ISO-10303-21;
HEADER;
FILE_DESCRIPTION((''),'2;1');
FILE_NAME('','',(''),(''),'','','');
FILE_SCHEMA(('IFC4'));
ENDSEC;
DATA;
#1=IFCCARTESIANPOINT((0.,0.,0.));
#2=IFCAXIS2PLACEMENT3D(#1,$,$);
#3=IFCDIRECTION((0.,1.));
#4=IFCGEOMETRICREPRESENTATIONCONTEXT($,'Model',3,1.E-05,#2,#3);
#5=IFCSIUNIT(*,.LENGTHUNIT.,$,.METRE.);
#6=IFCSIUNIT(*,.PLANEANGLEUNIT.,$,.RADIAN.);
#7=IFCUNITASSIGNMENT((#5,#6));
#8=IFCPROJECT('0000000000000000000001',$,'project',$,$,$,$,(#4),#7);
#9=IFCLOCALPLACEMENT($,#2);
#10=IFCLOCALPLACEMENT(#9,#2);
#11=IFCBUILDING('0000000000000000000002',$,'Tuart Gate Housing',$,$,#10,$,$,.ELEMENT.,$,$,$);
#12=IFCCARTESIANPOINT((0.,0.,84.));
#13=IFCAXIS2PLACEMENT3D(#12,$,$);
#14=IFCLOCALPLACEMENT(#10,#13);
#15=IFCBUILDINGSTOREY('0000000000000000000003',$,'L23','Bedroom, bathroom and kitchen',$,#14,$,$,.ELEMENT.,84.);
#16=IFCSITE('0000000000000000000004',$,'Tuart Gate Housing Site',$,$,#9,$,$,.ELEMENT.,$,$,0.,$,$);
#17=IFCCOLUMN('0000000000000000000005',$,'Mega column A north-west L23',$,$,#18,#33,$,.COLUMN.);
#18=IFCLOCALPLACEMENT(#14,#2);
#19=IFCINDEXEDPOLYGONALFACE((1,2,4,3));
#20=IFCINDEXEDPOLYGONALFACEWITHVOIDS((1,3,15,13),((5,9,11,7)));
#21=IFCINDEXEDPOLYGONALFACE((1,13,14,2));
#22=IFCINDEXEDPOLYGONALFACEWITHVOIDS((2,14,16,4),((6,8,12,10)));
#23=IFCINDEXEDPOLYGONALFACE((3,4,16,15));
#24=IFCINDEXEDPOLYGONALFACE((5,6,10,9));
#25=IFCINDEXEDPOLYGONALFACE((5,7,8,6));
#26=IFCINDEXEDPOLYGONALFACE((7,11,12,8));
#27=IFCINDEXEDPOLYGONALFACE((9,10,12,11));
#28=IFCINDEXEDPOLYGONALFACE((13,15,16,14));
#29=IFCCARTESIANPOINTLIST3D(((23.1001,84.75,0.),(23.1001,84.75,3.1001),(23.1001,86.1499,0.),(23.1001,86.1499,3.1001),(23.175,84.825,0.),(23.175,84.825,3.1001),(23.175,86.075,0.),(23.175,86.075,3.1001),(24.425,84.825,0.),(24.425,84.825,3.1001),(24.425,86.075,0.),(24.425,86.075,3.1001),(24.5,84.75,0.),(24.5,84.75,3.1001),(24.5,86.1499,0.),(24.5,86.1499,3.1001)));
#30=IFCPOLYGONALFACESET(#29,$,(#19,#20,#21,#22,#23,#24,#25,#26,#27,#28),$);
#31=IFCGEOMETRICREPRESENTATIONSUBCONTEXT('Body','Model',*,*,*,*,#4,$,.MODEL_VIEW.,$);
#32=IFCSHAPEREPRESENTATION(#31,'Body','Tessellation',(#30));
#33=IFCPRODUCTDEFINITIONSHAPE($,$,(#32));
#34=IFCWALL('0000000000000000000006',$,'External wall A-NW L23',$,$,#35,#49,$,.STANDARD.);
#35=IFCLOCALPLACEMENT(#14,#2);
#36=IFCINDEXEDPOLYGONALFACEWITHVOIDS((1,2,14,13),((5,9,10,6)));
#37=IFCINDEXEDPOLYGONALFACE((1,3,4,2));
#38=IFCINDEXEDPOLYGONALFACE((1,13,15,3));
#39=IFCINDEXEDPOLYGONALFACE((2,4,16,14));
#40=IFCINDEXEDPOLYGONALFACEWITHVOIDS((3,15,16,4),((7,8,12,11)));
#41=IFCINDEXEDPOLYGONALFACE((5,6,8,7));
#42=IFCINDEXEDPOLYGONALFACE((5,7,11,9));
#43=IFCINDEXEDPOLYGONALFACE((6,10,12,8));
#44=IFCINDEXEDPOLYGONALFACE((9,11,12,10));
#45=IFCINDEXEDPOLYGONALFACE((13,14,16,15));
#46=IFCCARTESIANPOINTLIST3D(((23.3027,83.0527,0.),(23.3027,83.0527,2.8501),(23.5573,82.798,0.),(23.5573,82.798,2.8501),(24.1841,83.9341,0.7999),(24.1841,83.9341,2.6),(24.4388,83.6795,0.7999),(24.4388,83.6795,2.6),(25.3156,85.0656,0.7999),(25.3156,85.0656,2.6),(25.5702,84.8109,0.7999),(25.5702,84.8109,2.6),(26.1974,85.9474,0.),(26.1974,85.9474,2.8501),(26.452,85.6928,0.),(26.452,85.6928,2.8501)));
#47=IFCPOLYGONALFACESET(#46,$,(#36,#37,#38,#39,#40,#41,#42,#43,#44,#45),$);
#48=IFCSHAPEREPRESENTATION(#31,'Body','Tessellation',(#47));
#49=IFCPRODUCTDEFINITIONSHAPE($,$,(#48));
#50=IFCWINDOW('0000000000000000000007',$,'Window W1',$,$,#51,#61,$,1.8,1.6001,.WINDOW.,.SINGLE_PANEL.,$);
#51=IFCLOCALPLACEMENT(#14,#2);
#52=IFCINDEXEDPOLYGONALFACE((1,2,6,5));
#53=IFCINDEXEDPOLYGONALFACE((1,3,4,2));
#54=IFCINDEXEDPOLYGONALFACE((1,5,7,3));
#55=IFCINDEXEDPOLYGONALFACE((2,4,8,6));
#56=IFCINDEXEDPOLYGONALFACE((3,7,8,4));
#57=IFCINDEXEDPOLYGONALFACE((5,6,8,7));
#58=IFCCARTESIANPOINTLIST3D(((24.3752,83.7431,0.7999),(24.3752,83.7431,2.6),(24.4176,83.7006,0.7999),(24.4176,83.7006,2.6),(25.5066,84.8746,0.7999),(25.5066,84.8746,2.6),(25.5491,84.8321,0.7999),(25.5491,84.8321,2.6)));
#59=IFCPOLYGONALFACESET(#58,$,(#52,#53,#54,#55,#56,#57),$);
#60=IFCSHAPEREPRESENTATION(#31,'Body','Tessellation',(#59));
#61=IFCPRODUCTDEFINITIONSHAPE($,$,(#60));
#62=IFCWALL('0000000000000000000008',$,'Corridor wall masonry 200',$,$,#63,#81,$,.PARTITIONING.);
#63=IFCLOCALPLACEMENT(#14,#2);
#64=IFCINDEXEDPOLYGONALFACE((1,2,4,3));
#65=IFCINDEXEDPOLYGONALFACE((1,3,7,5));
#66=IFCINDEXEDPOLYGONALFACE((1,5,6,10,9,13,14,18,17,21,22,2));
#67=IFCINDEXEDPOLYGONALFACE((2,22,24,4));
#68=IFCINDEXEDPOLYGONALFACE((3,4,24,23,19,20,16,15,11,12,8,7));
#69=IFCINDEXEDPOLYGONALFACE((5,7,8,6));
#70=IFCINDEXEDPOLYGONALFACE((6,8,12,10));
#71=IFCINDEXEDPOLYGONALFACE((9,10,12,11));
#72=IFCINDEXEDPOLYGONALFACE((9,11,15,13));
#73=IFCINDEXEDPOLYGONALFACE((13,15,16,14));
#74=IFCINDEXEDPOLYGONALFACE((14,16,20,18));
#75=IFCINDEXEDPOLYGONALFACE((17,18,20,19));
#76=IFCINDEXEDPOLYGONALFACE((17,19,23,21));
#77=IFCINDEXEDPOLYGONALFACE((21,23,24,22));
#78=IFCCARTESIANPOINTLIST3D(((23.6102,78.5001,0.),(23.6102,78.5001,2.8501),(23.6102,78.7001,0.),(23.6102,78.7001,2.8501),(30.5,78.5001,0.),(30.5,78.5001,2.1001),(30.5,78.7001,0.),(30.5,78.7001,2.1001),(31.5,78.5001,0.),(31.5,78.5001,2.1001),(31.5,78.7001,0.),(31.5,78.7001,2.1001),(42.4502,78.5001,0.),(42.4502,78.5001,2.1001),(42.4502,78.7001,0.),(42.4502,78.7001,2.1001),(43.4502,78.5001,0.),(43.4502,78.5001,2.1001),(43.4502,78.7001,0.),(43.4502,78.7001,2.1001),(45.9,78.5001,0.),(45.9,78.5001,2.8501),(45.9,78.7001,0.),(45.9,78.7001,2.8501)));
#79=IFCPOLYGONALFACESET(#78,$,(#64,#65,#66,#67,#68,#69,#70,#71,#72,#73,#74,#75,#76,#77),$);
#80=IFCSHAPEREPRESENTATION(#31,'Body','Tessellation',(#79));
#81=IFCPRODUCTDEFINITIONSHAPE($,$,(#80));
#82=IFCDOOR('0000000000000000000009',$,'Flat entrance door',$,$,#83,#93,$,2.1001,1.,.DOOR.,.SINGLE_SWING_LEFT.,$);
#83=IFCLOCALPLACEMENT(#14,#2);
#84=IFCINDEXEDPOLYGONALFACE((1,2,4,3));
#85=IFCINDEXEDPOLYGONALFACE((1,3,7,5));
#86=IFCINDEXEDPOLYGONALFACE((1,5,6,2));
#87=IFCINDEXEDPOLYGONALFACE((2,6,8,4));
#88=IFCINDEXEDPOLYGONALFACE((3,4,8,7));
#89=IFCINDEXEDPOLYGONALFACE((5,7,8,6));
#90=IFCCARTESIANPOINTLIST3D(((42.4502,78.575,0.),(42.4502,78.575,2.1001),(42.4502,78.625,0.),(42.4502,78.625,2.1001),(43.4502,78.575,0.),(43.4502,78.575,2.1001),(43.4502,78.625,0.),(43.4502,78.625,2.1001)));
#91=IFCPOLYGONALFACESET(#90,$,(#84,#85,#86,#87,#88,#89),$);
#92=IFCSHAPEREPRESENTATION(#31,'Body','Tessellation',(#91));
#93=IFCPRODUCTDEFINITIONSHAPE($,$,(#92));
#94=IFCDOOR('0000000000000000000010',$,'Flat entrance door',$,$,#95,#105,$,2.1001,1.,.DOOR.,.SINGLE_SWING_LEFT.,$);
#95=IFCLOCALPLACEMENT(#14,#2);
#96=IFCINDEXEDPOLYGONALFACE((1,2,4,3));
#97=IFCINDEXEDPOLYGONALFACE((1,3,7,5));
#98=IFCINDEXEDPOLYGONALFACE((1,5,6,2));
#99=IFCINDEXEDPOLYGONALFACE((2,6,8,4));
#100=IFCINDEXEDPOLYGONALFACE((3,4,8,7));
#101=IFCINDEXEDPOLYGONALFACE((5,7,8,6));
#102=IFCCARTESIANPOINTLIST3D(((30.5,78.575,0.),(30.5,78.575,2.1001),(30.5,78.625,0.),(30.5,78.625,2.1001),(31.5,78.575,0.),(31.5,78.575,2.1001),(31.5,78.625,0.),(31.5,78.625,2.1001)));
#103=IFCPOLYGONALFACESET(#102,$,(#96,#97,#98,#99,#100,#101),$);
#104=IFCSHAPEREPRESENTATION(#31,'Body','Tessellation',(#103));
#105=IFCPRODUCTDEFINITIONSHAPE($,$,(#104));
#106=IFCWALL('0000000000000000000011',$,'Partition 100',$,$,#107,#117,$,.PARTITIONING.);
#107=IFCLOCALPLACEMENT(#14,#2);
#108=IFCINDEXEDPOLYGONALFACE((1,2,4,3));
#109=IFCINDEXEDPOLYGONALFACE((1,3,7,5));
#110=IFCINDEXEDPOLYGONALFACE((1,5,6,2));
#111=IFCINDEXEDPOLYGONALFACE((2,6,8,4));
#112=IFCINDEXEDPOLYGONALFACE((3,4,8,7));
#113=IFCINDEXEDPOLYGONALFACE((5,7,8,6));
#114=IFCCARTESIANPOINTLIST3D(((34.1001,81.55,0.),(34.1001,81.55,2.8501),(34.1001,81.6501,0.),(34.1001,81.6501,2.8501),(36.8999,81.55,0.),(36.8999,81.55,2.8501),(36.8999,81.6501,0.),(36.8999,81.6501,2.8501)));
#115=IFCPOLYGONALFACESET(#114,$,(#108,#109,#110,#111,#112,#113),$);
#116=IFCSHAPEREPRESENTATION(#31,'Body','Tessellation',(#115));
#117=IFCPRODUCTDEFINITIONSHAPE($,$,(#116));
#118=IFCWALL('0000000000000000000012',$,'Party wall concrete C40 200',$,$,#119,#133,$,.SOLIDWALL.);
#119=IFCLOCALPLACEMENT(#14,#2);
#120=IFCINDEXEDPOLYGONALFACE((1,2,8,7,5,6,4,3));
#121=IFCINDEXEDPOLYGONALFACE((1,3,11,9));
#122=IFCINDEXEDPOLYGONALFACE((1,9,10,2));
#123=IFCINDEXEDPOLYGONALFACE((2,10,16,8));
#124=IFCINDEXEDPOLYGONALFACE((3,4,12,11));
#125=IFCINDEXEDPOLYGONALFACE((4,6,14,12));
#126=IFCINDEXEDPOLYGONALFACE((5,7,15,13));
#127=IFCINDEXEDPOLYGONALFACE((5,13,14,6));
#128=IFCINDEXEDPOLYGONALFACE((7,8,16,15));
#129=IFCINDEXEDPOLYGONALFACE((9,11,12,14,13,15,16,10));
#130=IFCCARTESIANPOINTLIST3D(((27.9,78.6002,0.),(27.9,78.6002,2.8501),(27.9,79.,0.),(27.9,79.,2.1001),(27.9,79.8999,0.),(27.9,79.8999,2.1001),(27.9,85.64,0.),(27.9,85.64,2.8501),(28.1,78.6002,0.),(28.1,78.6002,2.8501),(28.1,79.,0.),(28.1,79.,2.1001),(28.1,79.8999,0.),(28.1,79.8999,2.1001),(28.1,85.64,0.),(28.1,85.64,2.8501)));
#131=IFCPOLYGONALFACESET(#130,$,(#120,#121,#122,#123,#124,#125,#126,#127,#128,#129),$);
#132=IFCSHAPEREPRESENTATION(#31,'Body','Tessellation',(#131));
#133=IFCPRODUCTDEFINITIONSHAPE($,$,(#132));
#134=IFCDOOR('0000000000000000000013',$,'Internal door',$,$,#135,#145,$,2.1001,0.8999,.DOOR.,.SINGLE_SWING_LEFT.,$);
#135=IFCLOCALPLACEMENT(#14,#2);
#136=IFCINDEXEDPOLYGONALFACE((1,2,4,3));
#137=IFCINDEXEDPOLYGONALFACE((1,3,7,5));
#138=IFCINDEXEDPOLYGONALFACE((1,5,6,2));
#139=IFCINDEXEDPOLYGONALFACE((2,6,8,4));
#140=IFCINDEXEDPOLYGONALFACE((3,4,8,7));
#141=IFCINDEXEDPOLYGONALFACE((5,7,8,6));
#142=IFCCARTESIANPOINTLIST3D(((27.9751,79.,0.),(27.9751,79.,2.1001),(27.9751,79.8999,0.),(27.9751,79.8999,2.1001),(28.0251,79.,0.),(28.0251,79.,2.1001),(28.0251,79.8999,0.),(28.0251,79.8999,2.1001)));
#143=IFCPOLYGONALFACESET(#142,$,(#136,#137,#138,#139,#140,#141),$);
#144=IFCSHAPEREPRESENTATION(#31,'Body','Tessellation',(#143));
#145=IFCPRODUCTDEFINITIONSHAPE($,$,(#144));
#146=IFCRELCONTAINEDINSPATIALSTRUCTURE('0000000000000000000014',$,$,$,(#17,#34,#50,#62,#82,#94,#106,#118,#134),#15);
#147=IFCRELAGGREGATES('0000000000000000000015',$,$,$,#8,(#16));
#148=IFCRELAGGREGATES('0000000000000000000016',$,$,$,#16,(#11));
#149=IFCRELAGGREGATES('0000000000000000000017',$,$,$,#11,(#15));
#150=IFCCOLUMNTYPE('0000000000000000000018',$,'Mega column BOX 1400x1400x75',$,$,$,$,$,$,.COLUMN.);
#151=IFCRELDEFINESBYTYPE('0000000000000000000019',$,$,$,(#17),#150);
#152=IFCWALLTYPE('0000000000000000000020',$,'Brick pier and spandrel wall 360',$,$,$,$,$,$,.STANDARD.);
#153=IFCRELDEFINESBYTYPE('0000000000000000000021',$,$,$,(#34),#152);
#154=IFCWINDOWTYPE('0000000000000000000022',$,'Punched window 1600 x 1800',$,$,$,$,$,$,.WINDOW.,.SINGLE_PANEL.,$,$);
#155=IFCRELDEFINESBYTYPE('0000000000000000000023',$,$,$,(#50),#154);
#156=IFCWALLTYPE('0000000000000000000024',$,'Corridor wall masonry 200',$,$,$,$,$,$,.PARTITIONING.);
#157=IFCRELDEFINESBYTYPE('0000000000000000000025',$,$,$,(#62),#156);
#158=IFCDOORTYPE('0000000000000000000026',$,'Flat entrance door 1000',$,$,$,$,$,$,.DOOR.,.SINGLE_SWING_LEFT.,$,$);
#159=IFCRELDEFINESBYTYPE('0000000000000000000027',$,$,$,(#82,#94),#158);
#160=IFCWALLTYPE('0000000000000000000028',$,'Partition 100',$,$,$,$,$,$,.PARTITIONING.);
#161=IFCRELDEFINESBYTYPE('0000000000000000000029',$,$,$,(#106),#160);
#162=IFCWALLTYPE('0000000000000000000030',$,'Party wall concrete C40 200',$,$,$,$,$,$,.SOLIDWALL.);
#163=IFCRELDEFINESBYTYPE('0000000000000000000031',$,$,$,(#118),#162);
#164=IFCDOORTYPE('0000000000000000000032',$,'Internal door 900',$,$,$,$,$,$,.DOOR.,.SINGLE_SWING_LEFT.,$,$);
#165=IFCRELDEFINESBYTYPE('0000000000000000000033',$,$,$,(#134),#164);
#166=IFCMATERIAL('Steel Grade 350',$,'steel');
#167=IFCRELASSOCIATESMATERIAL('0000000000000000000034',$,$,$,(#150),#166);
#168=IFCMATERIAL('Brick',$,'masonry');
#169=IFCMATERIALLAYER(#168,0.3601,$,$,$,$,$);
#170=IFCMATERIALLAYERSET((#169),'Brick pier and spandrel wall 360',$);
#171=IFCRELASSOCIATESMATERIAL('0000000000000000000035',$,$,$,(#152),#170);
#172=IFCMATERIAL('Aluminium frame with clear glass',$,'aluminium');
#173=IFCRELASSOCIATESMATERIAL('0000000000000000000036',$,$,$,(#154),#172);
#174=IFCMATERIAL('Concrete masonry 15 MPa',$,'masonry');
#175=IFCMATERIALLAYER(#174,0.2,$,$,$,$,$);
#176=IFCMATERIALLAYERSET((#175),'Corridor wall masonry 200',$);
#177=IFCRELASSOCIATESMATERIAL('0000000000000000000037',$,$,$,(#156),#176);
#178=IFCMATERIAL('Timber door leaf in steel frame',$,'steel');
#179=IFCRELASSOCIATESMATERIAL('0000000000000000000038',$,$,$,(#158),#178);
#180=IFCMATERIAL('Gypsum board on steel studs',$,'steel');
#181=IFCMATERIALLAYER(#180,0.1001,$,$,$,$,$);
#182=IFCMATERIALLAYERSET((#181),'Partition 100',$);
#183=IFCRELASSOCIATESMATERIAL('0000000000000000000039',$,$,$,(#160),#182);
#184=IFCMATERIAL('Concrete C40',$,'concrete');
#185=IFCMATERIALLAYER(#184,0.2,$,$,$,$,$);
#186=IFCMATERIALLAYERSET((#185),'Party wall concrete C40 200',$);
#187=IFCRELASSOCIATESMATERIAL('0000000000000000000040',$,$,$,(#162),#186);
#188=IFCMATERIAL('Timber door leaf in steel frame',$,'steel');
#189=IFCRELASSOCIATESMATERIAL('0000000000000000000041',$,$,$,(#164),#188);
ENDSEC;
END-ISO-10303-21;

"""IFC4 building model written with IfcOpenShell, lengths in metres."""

from ifc_helpers import new_model, si_unit, direction, frame, frame_2d, origin, origin_2d, place, context, subcontext, project, spatial, rectangle, hollow_rectangle, extrude, material, layer, layer_set, material_profile, profile_set, type_object, element, fill, save


model = new_model("IFC4")

# Units and contexts
model_context = context("Model", 3, precision=1e-05, world=origin(), true_north=direction((0.0, 1.0)))
body_context = subcontext(model_context, "Body", "Model", "MODEL_VIEW")
ifc_project = project(units=[si_unit("LENGTHUNIT", "METRE"), si_unit("PLANEANGLEUNIT", "RADIAN")], contexts=[model_context])

# Site, building, storey
site_placement = place(None, origin())
site = spatial("IfcSite", under=ifc_project, at=site_placement, Name="Tuart Gate Housing Site", CompositionType="ELEMENT", RefElevation=0.0)
building_placement = place(site_placement, origin())
building = spatial("IfcBuilding", under=site, at=building_placement, Name="Tuart Gate Housing", CompositionType="ELEMENT")
storey_placement = place(building_placement, frame((0.0, 0.0, 84.0)))
storey = spatial("IfcBuildingStorey", under=building, at=storey_placement, Name="L23", Description="Bedroom, bathroom and kitchen", CompositionType="ELEMENT", Elevation=84.0)

# Column
ifc_material_1 = material(Name="Steel Grade 350", Category="steel")
ifc_material_profile = material_profile(ifc_material_1, hollow_rectangle(XDim=1.3999, YDim=1.3999, WallThickness=0.075, at=origin_2d()), Name="BOX 1400x1400x75")
ifc_profile_set = profile_set([ifc_material_profile], Name="Steel Grade 350")
column_type = type_object("IfcColumnType", Name="Mega column BOX 1400x1400x75", PredefinedType="COLUMN", material=ifc_profile_set)
column_placement = place(storey_placement, frame((23.8, 85.45, 0.0), z_axis=(0.0, 0.0, 1.0), x_axis=(1.0, 0.0, 0.0)))
element("IfcColumn", 1, at=column_placement, inside=storey, type_object=column_type, Name="Mega column A north-west L23", PredefinedType="COLUMN", context=body_context, shape_type="SweptSolid", body=[
    extrude(hollow_rectangle(XDim=1.3999, YDim=1.3999, WallThickness=0.075, at=origin_2d()), origin(), (0.0, 0.0, 1.0), 3.1001),
])

# Wall, opening, window
ifc_material_2 = material(Name="Brick", Category="masonry")
ifc_layer_1 = layer(ifc_material_2, 0.3601)
ifc_layer_set_1 = layer_set([ifc_layer_1], Name="Brick pier and spandrel wall 360")
wall_type_1 = type_object("IfcWallType", Name="Brick pier and spandrel wall 360", PredefinedType="STANDARD", material=ifc_layer_set_1)
wall_1_placement = place(storey_placement, frame((26.3247, 85.8201, 0.0), z_axis=(0.0, 0.0, 1.0), x_axis=(-0.707107, -0.707107, 0.0)))
wall_1 = element("IfcWall", 2, at=wall_1_placement, inside=storey, type_object=wall_type_1, Name="External wall A-NW L23", PredefinedType="STANDARD", context=body_context, shape_type="SweptSolid", body=[
    extrude(rectangle(XDim=4.0938, YDim=0.3601, at=frame_2d((2.0469, 0.0))), origin(), (0.0, 0.0, 1.0), 2.8501),
])
opening_1_placement = place(wall_1_placement, frame((1.2471, 0.0, 0.8)))
opening_1 = element("IfcOpeningElement", 3, at=opening_1_placement, cuts=wall_1, PredefinedType="OPENING", context=body_context, shape_type="SweptSolid", body=[
    extrude(rectangle(XDim=1.6001, YDim=1.8, at=frame_2d((0.8, 0.8999))), frame((0.0, 0.1899, 0.0), z_axis=(0.0, -1.0, 0.0), x_axis=(1.0, 0.0, 0.0)), (0.0, 0.0, 1.0), 0.3801),
])
ifc_material_3 = material(Name="Aluminium frame with clear glass", Category="aluminium")
window_type_1 = type_object("IfcWindowType", Name="Punched window 1600 x 1800", PartitioningType="SINGLE_PANEL", PredefinedType="WINDOW", material=ifc_material_3)
window_1_placement = place(opening_1_placement, origin())
window_1 = element("IfcWindow", 4, at=window_1_placement, inside=storey, type_object=window_type_1, Name="Window W1", OverallHeight=1.8, OverallWidth=1.6001, PartitioningType="SINGLE_PANEL", PredefinedType="WINDOW", context=body_context, shape_type="SweptSolid", body=[
    extrude(rectangle(XDim=1.6001, YDim=1.8, at=frame_2d((0.8, 0.8999))), frame((0.0, 0.1501, 0.0), z_axis=(0.0, -1.0, 0.0), x_axis=(1.0, 0.0, 0.0)), (0.0, 0.0, 1.0), 0.0601),
])
fill(opening_1, window_1)

# Wall, openings, doors
ifc_material_4 = material(Name="Concrete masonry 15 MPa", Category="masonry")
ifc_layer_2 = layer(ifc_material_4, 0.2)
ifc_layer_set_2 = layer_set([ifc_layer_2], Name="Corridor wall masonry 200")
wall_type_2 = type_object("IfcWallType", Name="Corridor wall masonry 200", PredefinedType="PARTITIONING", material=ifc_layer_set_2)
wall_2_placement = place(storey_placement, frame((23.6101, 78.6001, 0.0), z_axis=(0.0, 0.0, 1.0), x_axis=(1.0, 0.0, 0.0)))
wall_2 = element("IfcWall", 5, at=wall_2_placement, inside=storey, type_object=wall_type_2, Name="Corridor wall masonry 200", PredefinedType="PARTITIONING", context=body_context, shape_type="SweptSolid", body=[
    extrude(rectangle(XDim=22.2898, YDim=0.2, at=frame_2d((11.145, 0.0))), origin(), (0.0, 0.0, 1.0), 2.8501),
])
opening_2_placement = place(wall_2_placement, frame((18.8401, 0.0, 0.0)))
opening_2 = element("IfcOpeningElement", 6, at=opening_2_placement, cuts=wall_2, PredefinedType="OPENING", context=body_context, shape_type="SweptSolid", body=[
    extrude(rectangle(XDim=1.0, YDim=2.1001, at=frame_2d((0.5, 1.05))), frame((0.0, 0.1099, 0.0), z_axis=(0.0, -1.0, 0.0), x_axis=(1.0, 0.0, 0.0)), (0.0, 0.0, 1.0), 0.22),
])
opening_3_placement = place(wall_2_placement, frame((6.8899, 0.0, 0.0)))
opening_3 = element("IfcOpeningElement", 7, at=opening_3_placement, cuts=wall_2, PredefinedType="OPENING", context=body_context, shape_type="SweptSolid", body=[
    extrude(rectangle(XDim=1.0, YDim=2.1001, at=frame_2d((0.5, 1.05))), frame((0.0, 0.1099, 0.0), z_axis=(0.0, -1.0, 0.0), x_axis=(1.0, 0.0, 0.0)), (0.0, 0.0, 1.0), 0.22),
])
ifc_material_5 = material(Name="Timber door leaf in steel frame", Category="steel")
door_type_1 = type_object("IfcDoorType", Name="Flat entrance door 1000", OperationType="SINGLE_SWING_LEFT", PredefinedType="DOOR", material=ifc_material_5)
door_1_placement = place(opening_2_placement, origin())
door_1 = element("IfcDoor", 8, at=door_1_placement, inside=storey, type_object=door_type_1, Name="Flat entrance door", OperationType="SINGLE_SWING_LEFT", OverallHeight=2.1001, OverallWidth=1.0, PredefinedType="DOOR", context=body_context, shape_type="SweptSolid", body=[
    extrude(rectangle(XDim=1.0, YDim=2.1001, at=frame_2d((0.5, 1.05))), frame((0.0, 0.0249, 0.0), z_axis=(0.0, -1.0, 0.0), x_axis=(1.0, 0.0, 0.0)), (0.0, 0.0, 1.0), 0.05),
])
fill(opening_2, door_1)
door_2_placement = place(opening_3_placement, origin())
door_2 = element("IfcDoor", 9, at=door_2_placement, inside=storey, type_object=door_type_1, Name="Flat entrance door", OperationType="SINGLE_SWING_LEFT", OverallHeight=2.1001, OverallWidth=1.0, PredefinedType="DOOR", context=body_context, shape_type="SweptSolid", body=[
    extrude(rectangle(XDim=1.0, YDim=2.1001, at=frame_2d((0.5, 1.05))), frame((0.0, 0.0249, 0.0), z_axis=(0.0, -1.0, 0.0), x_axis=(1.0, 0.0, 0.0)), (0.0, 0.0, 1.0), 0.05),
])
fill(opening_3, door_2)

# Wall
ifc_material_6 = material(Name="Gypsum board on steel studs", Category="steel")
ifc_layer_3 = layer(ifc_material_6, 0.1001)
ifc_layer_set_3 = layer_set([ifc_layer_3], Name="Partition 100")
wall_type_3 = type_object("IfcWallType", Name="Partition 100", PredefinedType="PARTITIONING", material=ifc_layer_set_3)
wall_3_placement = place(storey_placement, frame((34.1001, 81.6001, 0.0), z_axis=(0.0, 0.0, 1.0), x_axis=(1.0, 0.0, 0.0)))
element("IfcWall", 10, at=wall_3_placement, inside=storey, type_object=wall_type_3, Name="Partition 100", PredefinedType="PARTITIONING", context=body_context, shape_type="SweptSolid", body=[
    extrude(rectangle(XDim=2.7998, YDim=0.1001, at=frame_2d((1.3999, 0.0))), origin(), (0.0, 0.0, 1.0), 2.8501),
])

# Wall, opening, door
ifc_material_7 = material(Name="Concrete C40", Category="concrete")
ifc_layer_4 = layer(ifc_material_7, 0.2)
ifc_layer_set_4 = layer_set([ifc_layer_4], Name="Party wall concrete C40 200")
wall_type_4 = type_object("IfcWallType", Name="Party wall concrete C40 200", PredefinedType="SOLIDWALL", material=ifc_layer_set_4)
wall_4_placement = place(storey_placement, frame((28.0, 78.6001, 0.0), z_axis=(0.0, 0.0, 1.0), x_axis=(0.0, 1.0, 0.0)))
wall_4 = element("IfcWall", 11, at=wall_4_placement, inside=storey, type_object=wall_type_4, Name="Party wall concrete C40 200", PredefinedType="SOLIDWALL", context=body_context, shape_type="SweptSolid", body=[
    extrude(rectangle(XDim=7.0398, YDim=0.2, at=frame_2d((3.52, 0.0))), origin(), (0.0, 0.0, 1.0), 2.8501),
])
opening_4_placement = place(wall_4_placement, frame((0.3999, 0.0, 0.0)))
opening_4 = element("IfcOpeningElement", 12, at=opening_4_placement, cuts=wall_4, PredefinedType="OPENING", context=body_context, shape_type="SweptSolid", body=[
    extrude(rectangle(XDim=0.8999, YDim=2.1001, at=frame_2d((0.45, 1.05))), frame((0.0, 0.1099, 0.0), z_axis=(0.0, -1.0, 0.0), x_axis=(1.0, 0.0, 0.0)), (0.0, 0.0, 1.0), 0.22),
])
ifc_material_8 = material(Name="Timber door leaf in steel frame", Category="steel")
door_type_2 = type_object("IfcDoorType", Name="Internal door 900", OperationType="SINGLE_SWING_LEFT", PredefinedType="DOOR", material=ifc_material_8)
door_3_placement = place(opening_4_placement, origin())
door_3 = element("IfcDoor", 13, at=door_3_placement, inside=storey, type_object=door_type_2, Name="Internal door", OperationType="SINGLE_SWING_LEFT", OverallHeight=2.1001, OverallWidth=0.8999, PredefinedType="DOOR", context=body_context, shape_type="SweptSolid", body=[
    extrude(rectangle(XDim=0.8999, YDim=2.1001, at=frame_2d((0.45, 1.05))), frame((0.0, 0.0249, 0.0), z_axis=(0.0, -1.0, 0.0), x_axis=(1.0, 0.0, 0.0)), (0.0, 0.0, 1.0), 0.05),
])
fill(opening_4, door_3)

save(model, "model.ifc")
